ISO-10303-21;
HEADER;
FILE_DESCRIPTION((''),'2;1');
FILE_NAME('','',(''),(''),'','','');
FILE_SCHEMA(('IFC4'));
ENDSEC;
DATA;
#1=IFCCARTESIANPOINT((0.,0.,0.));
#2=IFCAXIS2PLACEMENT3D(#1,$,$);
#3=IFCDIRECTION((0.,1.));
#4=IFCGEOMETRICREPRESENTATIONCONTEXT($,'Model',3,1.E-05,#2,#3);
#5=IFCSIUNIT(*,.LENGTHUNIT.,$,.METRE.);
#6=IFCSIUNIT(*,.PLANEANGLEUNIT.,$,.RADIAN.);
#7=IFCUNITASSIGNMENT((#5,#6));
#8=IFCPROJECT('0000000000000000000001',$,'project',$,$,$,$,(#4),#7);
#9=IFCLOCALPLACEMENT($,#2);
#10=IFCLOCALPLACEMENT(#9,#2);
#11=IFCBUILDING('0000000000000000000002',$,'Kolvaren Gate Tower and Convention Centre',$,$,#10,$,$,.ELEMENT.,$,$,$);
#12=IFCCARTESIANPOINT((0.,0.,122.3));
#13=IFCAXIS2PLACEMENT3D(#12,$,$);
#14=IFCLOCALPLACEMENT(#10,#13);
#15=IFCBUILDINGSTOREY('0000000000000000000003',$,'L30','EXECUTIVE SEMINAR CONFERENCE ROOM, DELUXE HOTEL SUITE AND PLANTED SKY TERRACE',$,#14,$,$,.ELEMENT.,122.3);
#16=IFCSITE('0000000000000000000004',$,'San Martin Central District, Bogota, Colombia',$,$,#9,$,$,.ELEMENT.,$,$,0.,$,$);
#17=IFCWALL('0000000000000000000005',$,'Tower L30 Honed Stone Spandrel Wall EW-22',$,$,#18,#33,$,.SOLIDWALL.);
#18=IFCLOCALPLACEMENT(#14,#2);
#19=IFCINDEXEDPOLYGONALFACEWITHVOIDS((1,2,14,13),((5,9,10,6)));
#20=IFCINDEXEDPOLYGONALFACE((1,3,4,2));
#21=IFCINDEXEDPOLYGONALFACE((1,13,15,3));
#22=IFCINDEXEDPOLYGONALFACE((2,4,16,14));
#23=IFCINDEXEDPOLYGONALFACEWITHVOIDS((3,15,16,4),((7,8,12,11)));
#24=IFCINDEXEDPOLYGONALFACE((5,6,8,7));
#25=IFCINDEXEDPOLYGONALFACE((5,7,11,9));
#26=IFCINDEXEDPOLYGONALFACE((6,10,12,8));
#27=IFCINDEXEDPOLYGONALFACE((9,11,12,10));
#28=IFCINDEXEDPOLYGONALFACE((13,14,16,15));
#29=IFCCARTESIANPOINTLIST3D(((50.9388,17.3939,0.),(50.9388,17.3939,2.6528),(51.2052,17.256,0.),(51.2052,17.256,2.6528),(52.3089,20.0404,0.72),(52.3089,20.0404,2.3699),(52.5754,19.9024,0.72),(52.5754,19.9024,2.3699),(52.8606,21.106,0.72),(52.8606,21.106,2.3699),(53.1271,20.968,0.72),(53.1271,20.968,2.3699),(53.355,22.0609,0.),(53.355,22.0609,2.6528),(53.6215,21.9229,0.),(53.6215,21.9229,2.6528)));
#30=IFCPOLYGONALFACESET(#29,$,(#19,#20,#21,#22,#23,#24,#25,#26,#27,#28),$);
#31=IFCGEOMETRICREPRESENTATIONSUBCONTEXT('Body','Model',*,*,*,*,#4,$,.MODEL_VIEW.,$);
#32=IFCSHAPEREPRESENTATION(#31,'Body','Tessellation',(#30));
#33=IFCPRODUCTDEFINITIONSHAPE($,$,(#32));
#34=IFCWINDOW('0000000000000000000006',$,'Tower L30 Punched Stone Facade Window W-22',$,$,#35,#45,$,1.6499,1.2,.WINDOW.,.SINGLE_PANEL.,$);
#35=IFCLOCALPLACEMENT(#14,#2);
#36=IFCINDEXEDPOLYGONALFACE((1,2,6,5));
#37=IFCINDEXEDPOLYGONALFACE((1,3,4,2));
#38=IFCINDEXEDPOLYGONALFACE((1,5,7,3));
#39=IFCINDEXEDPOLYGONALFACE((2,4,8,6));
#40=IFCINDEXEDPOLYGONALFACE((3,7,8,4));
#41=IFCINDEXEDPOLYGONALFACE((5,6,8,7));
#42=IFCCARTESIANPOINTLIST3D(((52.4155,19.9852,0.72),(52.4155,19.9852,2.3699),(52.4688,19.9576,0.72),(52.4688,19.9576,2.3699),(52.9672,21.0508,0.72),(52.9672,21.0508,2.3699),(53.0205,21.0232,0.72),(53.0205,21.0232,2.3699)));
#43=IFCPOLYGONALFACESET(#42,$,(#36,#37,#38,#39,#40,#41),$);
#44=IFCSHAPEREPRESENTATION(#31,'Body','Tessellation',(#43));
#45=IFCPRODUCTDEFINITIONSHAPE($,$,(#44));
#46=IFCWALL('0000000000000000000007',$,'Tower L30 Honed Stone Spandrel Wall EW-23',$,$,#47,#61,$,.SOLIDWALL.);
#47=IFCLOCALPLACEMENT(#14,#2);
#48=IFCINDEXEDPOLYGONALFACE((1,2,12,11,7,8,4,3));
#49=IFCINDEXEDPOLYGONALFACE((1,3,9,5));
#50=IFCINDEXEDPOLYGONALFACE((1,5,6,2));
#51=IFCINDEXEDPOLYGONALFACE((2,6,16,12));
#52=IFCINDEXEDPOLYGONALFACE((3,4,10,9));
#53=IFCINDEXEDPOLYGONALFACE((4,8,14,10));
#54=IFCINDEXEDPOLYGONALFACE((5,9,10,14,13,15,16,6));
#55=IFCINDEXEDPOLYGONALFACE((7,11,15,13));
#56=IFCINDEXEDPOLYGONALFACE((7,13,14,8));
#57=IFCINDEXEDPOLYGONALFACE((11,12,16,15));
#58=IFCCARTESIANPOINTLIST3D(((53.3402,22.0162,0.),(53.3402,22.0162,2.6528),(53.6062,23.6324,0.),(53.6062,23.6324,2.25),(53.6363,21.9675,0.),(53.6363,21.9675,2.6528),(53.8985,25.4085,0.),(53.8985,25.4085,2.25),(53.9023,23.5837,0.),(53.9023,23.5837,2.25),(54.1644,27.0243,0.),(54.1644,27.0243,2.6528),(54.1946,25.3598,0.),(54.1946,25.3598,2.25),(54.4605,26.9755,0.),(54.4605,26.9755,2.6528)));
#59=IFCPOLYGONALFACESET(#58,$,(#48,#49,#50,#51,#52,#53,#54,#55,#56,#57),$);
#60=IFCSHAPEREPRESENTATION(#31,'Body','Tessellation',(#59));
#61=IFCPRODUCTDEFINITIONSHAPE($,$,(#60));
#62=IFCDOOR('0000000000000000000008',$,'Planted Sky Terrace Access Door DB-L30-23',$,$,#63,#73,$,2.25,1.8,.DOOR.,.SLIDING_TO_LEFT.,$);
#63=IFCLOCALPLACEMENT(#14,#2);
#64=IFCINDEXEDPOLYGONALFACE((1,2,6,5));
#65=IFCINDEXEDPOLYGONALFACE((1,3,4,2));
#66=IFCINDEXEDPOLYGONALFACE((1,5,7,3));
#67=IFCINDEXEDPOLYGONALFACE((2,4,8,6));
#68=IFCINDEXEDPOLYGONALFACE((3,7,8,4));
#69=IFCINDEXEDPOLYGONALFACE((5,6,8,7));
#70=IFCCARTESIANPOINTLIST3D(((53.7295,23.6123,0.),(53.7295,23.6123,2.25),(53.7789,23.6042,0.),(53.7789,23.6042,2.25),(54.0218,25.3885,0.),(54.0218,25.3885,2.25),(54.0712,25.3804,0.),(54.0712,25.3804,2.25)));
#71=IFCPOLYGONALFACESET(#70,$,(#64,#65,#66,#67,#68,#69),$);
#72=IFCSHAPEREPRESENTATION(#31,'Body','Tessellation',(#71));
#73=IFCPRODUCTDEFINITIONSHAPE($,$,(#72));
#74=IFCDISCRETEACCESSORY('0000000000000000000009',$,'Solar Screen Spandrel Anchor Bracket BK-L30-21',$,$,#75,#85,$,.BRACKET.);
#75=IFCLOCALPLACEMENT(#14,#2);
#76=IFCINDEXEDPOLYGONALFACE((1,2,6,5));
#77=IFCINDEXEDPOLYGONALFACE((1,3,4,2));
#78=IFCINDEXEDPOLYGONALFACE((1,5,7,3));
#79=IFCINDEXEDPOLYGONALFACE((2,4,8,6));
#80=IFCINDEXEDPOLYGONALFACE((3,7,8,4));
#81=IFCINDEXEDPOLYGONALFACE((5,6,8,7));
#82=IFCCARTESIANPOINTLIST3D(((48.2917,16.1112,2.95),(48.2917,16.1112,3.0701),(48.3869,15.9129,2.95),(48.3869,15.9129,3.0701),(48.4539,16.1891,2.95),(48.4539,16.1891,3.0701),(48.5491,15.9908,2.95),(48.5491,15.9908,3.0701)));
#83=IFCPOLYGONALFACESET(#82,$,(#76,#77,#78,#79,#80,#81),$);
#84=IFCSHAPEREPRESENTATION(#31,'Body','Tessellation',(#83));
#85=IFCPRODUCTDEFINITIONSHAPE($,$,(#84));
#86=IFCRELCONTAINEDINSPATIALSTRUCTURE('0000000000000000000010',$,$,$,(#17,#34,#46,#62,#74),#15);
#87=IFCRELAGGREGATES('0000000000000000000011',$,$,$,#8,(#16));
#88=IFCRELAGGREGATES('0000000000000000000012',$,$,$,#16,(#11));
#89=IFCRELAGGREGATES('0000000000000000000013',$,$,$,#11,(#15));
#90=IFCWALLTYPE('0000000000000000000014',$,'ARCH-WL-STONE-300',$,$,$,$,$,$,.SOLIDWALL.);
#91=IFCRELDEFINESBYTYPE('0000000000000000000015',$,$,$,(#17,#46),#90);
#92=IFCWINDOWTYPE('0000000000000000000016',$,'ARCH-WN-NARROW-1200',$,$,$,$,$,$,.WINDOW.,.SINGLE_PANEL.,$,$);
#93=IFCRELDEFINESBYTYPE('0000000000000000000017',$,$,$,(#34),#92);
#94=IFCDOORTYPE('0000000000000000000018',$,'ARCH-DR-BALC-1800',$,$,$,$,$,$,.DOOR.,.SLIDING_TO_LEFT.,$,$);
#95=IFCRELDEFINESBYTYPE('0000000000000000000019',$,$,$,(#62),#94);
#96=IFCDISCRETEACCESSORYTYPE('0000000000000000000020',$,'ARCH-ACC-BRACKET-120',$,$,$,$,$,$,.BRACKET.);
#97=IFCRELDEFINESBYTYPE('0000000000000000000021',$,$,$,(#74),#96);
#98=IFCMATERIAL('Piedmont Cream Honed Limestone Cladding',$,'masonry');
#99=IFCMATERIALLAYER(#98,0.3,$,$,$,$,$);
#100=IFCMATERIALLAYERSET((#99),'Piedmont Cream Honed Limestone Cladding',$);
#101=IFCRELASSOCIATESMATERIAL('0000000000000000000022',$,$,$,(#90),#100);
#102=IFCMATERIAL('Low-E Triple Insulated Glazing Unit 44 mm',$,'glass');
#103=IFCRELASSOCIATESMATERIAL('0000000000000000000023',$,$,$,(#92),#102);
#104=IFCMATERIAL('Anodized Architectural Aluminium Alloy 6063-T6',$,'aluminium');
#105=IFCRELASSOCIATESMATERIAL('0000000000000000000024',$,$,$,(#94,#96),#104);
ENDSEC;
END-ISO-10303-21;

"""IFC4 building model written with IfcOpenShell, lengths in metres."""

from ifc_helpers import new_model, si_unit, direction, frame, frame_2d, origin, origin_2d, place, context, subcontext, project, spatial, rectangle, extrude, material, layer, layer_set, type_object, element, fill, save


model = new_model("IFC4")

# Units and contexts
model_context = context("Model", 3, precision=1e-05, world=origin(), true_north=direction((0.0, 1.0)))
body_context = subcontext(model_context, "Body", "Model", "MODEL_VIEW")
ifc_project = project(units=[si_unit("LENGTHUNIT", "METRE"), si_unit("PLANEANGLEUNIT", "RADIAN")], contexts=[model_context])

# Site, building, storey
site_placement = place(None, origin())
site = spatial("IfcSite", under=ifc_project, at=site_placement, Name="San Martin Central District, Bogota, Colombia", CompositionType="ELEMENT", RefElevation=0.0)
building_placement = place(site_placement, origin())
building = spatial("IfcBuilding", under=site, at=building_placement, Name="Kolvaren Gate Tower and Convention Centre", CompositionType="ELEMENT")
storey_placement = place(building_placement, frame((0.0, 0.0, 122.3)))
storey = spatial("IfcBuildingStorey", under=building, at=storey_placement, Name="L30", Description="EXECUTIVE SEMINAR CONFERENCE ROOM, DELUXE HOTEL SUITE AND PLANTED SKY TERRACE", CompositionType="ELEMENT", Elevation=122.3)

# Shared definitions
ifc_material_1 = material(Name="Anodized Architectural Aluminium Alloy 6063-T6", Category="aluminium")

# Shared definitions
ifc_material_2 = material(Name="Low-E Triple Insulated Glazing Unit 44 mm", Category="glass")

# Shared definitions
ifc_material_3 = material(Name="Piedmont Cream Honed Limestone Cladding", Category="masonry")

# Wall, opening, window
ifc_layer_1 = layer(ifc_material_3, 0.3)
ifc_layer_set_1 = layer_set([ifc_layer_1], Name="Piedmont Cream Honed Limestone Cladding")
wall_type_1 = type_object("IfcWallType", Name="ARCH-WL-STONE-300", PredefinedType="SOLIDWALL", material=ifc_layer_set_1)
wall_1_placement = place(storey_placement, frame((51.072, 17.325, 0.0), z_axis=(0.0, 0.0, 1.0), x_axis=(0.459768, 0.888039, 0.0)))
wall_1 = element("IfcWall", 1, at=wall_1_placement, inside=storey, type_object=wall_type_1, Name="Tower L30 Honed Stone Spandrel Wall EW-22", PredefinedType="SOLIDWALL", context=body_context, shape_type="SweptSolid", body=[
    extrude(rectangle(XDim=5.2554, YDim=0.3, at=frame_2d((2.6277, 0.0))), origin(), (0.0, 0.0, 1.0), 2.6528),
])
opening_1_placement = place(wall_1_placement, frame((2.98, 0.0, 0.72)))
opening_1 = element("IfcOpeningElement", 2, at=opening_1_placement, cuts=wall_1, PredefinedType="OPENING", context=body_context, shape_type="SweptSolid", body=[
    extrude(rectangle(XDim=1.2, YDim=1.6499, at=frame_2d((0.6001, 0.825))), frame((0.0, 0.1599, 0.0), z_axis=(0.0, -1.0, 0.0), x_axis=(1.0, 0.0, 0.0)), (0.0, 0.0, 1.0), 0.3201),
])
window_type = type_object("IfcWindowType", Name="ARCH-WN-NARROW-1200", PartitioningType="SINGLE_PANEL", PredefinedType="WINDOW", material=ifc_material_2)
window_placement = place(opening_1_placement, origin())
window = element("IfcWindow", 3, at=window_placement, inside=storey, type_object=window_type, Name="Tower L30 Punched Stone Facade Window W-22", OverallHeight=1.6499, OverallWidth=1.2, PartitioningType="SINGLE_PANEL", PredefinedType="WINDOW", context=body_context, shape_type="SweptSolid", body=[
    extrude(rectangle(XDim=1.2, YDim=1.6499, at=frame_2d((0.6001, 0.825))), frame((0.0, 0.03, 0.0), z_axis=(0.0, -1.0, 0.0), x_axis=(1.0, 0.0, 0.0)), (0.0, 0.0, 1.0), 0.0601),
])
fill(opening_1, window)

# Wall, opening, door
wall_2_placement = place(storey_placement, frame((53.4883, 21.9919, 0.0), z_axis=(0.0, 0.0, 1.0), x_axis=(0.162394, 0.986726, 0.0)))
wall_2 = element("IfcWall", 4, at=wall_2_placement, inside=storey, type_object=wall_type_1, Name="Tower L30 Honed Stone Spandrel Wall EW-23", PredefinedType="SOLIDWALL", context=body_context, shape_type="SweptSolid", body=[
    extrude(rectangle(XDim=5.0754, YDim=0.3, at=frame_2d((2.5376, 0.0))), origin(), (0.0, 0.0, 1.0), 2.6528),
])
opening_2_placement = place(wall_2_placement, frame((1.6379, 0.0, 0.0)))
opening_2 = element("IfcOpeningElement", 5, at=opening_2_placement, cuts=wall_2, PredefinedType="OPENING", context=body_context, shape_type="SweptSolid", body=[
    extrude(rectangle(XDim=1.8, YDim=2.25, at=frame_2d((0.8999, 1.125))), frame((0.0, 0.1599, 0.0), z_axis=(0.0, -1.0, 0.0), x_axis=(1.0, 0.0, 0.0)), (0.0, 0.0, 1.0), 0.3201),
])
door_type = type_object("IfcDoorType", Name="ARCH-DR-BALC-1800", OperationType="SLIDING_TO_LEFT", PredefinedType="DOOR", material=ifc_material_1)
door_placement = place(opening_2_placement, frame((1.8, 0.0, 0.0), z_axis=(0.0, 0.0, 1.0), x_axis=(-1.0, 0.0, 0.0)))
door = element("IfcDoor", 6, at=door_placement, inside=storey, type_object=door_type, Name="Planted Sky Terrace Access Door DB-L30-23", OperationType="SLIDING_TO_LEFT", OverallHeight=2.25, OverallWidth=1.8, PredefinedType="DOOR", context=body_context, shape_type="SweptSolid", body=[
    extrude(rectangle(XDim=1.8, YDim=2.25, at=frame_2d((0.8999, 1.125))), frame((0.0, 0.0249, 0.0), z_axis=(0.0, -1.0, 0.0), x_axis=(1.0, 0.0, 0.0)), (0.0, 0.0, 1.0), 0.05),
])
fill(opening_2, door)

# Discrete accessory
discrete_accessory_type = type_object("IfcDiscreteAccessoryType", Name="ARCH-ACC-BRACKET-120", PredefinedType="BRACKET", material=ifc_material_1)
discrete_accessory_placement = place(storey_placement, frame((48.4204, 16.051, 2.95), z_axis=(0.0, 0.0, 1.0), x_axis=(0.901363, 0.433065, 0.0)))
element("IfcDiscreteAccessory", 7, at=discrete_accessory_placement, inside=storey, type_object=discrete_accessory_type, Name="Solar Screen Spandrel Anchor Bracket BK-L30-21", PredefinedType="BRACKET", context=body_context, shape_type="SweptSolid", body=[
    extrude(rectangle(XDim=0.1799, YDim=0.22, at=origin_2d()), origin(), (0.0, 0.0, 1.0), 0.1201),
])

save(model, "model.ifc")
